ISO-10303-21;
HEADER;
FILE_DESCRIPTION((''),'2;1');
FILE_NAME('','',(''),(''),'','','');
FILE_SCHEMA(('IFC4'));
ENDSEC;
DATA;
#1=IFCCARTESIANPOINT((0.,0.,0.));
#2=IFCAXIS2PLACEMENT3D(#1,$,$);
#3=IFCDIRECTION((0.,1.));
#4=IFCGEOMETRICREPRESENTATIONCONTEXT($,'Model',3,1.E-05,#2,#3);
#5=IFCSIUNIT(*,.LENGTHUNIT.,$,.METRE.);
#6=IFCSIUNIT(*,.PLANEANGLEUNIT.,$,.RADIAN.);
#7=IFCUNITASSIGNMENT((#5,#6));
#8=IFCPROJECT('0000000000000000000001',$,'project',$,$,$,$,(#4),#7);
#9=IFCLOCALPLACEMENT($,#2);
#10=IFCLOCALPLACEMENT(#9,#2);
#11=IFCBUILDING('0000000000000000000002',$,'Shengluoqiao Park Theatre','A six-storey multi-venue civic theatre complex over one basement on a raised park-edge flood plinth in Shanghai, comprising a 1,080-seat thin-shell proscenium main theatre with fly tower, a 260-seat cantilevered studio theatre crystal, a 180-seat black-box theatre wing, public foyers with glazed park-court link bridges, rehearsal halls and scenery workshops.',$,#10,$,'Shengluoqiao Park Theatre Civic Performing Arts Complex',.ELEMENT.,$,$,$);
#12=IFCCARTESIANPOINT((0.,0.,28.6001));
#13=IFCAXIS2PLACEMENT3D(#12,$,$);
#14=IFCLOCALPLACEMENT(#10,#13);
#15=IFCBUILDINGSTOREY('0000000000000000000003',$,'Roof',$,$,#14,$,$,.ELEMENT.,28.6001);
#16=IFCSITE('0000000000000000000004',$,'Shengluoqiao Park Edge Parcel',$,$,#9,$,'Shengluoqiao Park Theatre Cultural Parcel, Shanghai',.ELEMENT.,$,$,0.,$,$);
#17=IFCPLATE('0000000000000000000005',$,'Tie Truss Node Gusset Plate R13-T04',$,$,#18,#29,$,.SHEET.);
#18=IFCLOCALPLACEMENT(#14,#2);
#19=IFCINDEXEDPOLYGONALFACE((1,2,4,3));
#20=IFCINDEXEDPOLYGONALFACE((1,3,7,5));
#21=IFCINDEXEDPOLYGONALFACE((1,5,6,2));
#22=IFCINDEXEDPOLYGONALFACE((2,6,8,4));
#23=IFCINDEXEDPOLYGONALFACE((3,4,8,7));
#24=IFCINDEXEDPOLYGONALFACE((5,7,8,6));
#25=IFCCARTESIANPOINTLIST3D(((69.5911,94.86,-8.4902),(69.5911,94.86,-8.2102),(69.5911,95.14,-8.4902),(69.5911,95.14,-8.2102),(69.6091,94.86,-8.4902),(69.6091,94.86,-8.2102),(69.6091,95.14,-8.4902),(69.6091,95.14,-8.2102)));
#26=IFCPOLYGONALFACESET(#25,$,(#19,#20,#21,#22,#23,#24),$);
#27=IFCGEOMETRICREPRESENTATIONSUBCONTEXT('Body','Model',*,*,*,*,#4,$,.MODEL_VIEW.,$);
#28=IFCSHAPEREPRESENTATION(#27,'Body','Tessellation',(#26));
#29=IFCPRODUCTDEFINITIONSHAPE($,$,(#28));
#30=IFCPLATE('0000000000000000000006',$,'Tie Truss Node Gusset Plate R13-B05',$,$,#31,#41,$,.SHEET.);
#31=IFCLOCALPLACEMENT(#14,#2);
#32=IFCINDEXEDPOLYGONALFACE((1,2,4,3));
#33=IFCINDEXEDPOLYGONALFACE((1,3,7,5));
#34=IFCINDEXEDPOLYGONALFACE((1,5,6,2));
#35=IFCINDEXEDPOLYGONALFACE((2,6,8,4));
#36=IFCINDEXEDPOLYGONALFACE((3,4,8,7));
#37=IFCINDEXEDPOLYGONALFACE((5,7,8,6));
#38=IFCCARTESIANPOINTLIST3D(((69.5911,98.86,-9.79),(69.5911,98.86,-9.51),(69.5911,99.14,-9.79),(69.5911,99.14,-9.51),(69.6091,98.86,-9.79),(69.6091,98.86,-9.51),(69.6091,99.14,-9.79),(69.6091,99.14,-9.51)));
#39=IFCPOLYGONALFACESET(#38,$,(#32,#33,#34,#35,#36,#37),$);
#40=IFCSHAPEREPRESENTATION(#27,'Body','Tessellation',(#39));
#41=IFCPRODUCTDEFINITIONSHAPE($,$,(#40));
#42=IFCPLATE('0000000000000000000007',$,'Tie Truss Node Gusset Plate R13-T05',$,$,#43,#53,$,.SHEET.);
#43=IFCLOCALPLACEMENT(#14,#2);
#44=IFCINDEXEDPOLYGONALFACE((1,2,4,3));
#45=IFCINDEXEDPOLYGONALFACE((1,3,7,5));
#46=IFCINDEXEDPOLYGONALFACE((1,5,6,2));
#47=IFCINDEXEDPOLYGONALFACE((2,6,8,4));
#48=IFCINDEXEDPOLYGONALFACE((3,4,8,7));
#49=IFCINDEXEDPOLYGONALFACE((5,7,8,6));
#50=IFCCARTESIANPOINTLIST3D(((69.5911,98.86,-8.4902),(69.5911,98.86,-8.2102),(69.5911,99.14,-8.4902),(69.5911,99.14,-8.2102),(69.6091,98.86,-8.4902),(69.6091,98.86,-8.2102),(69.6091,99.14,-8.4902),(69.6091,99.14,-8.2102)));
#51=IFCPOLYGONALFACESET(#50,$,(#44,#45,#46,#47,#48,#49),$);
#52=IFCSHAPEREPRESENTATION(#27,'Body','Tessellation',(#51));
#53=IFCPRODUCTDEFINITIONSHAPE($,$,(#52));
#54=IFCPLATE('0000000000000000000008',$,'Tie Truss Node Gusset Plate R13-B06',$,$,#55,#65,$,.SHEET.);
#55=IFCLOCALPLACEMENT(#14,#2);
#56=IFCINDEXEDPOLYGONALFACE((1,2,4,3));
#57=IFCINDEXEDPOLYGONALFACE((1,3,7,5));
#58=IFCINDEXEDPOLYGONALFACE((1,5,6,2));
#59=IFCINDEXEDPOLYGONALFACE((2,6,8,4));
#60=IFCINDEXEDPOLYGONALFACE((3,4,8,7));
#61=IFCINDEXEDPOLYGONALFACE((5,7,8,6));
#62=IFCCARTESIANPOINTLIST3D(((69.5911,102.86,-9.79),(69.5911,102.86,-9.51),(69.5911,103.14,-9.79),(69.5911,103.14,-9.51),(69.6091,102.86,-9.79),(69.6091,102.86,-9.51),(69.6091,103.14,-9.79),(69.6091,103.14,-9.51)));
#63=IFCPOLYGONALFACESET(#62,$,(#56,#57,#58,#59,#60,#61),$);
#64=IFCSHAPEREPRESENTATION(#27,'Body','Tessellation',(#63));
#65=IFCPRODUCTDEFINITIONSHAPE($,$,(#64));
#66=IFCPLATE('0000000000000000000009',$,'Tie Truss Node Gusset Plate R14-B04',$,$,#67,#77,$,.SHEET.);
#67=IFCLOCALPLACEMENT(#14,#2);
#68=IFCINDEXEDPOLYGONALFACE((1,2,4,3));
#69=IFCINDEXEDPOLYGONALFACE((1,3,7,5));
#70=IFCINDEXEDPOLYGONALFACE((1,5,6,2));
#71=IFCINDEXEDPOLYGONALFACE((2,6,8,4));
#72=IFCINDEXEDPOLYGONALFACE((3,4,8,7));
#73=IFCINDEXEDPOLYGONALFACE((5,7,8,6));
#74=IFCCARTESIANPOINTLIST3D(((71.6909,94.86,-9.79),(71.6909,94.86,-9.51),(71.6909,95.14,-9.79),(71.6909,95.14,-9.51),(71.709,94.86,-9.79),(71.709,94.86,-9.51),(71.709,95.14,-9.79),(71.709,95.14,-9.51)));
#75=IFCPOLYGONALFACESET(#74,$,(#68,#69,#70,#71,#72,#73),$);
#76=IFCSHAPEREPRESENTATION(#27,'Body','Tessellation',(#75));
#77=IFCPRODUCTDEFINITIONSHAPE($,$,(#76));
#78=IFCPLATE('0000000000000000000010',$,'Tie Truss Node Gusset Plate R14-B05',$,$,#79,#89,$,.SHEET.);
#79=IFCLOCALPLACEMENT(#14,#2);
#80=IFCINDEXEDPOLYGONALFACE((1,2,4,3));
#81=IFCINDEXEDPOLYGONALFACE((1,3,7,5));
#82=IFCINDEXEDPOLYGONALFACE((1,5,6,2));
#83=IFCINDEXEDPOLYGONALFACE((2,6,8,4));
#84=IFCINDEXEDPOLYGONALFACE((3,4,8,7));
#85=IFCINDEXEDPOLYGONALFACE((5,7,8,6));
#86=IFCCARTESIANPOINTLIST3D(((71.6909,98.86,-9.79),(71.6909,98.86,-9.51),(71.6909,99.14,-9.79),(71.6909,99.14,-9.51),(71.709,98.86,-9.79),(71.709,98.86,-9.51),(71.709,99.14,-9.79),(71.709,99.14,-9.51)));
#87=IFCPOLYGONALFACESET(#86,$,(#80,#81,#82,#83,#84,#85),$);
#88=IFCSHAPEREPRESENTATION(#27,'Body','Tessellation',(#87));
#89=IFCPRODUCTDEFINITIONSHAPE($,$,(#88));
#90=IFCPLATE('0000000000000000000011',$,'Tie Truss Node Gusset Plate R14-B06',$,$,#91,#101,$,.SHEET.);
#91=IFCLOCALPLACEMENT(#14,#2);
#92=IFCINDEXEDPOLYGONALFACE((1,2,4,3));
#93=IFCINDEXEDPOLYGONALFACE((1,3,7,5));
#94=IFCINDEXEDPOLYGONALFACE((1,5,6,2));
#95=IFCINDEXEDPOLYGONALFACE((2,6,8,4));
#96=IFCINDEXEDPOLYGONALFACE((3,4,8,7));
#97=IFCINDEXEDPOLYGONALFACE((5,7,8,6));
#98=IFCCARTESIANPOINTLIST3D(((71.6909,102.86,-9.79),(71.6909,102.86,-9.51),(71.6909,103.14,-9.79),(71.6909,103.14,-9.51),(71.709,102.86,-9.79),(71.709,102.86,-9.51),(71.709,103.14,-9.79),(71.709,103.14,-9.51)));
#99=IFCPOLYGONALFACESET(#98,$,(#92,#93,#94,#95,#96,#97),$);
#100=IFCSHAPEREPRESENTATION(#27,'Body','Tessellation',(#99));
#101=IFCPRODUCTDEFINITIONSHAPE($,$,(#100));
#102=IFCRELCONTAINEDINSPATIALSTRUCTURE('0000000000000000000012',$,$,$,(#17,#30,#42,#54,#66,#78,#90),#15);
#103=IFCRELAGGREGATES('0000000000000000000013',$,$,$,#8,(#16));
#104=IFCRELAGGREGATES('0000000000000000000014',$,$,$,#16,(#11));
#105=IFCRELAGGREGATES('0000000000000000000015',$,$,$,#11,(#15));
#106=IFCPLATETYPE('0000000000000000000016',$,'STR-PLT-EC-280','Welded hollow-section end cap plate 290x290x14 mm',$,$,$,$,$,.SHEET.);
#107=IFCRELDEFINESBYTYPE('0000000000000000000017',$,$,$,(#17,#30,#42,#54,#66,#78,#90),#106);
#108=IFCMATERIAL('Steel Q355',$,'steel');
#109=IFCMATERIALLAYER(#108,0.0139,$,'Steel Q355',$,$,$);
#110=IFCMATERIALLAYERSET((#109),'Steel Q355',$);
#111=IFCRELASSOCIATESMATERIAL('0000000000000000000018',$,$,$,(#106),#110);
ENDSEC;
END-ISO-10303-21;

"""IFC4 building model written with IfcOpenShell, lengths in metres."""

from ifc_helpers import new_model, si_unit, direction, frame, origin, origin_2d, place, context, subcontext, project, spatial, rectangle, extrude, material, layer, layer_set, type_object, element, save


model = new_model("IFC4")

# Units and contexts
model_context = context("Model", 3, precision=1e-05, world=origin(), true_north=direction((0.0, 1.0)))
body_context = subcontext(model_context, "Body", "Model", "MODEL_VIEW")
ifc_project = project(units=[si_unit("LENGTHUNIT", "METRE"), si_unit("PLANEANGLEUNIT", "RADIAN")], contexts=[model_context])

# Site, building, storey
site_placement = place(None, origin())
site = spatial("IfcSite", under=ifc_project, at=site_placement, Name="Shengluoqiao Park Edge Parcel", LongName="Shengluoqiao Park Theatre Cultural Parcel, Shanghai", CompositionType="ELEMENT", RefElevation=0.0)
building_placement = place(site_placement, origin())
building = spatial("IfcBuilding", under=site, at=building_placement, Name="Shengluoqiao Park Theatre", Description="A six-storey multi-venue civic theatre complex over one basement on a raised park-edge flood plinth in Shanghai, comprising a 1,080-seat thin-shell proscenium main theatre with fly tower, a 260-seat cantilevered studio theatre crystal, a 180-seat black-box theatre wing, public foyers with glazed park-court link bridges, rehearsal halls and scenery workshops.", LongName="Shengluoqiao Park Theatre Civic Performing Arts Complex", CompositionType="ELEMENT")
storey_placement = place(building_placement, frame((0.0, 0.0, 28.6001)))
storey = spatial("IfcBuildingStorey", under=building, at=storey_placement, Name="Roof", CompositionType="ELEMENT", Elevation=28.6001)

# Shared definitions
ifc_material = material(Name="Steel Q355", Category="steel")

# Plates
ifc_layer = layer(ifc_material, 0.0139, Name="Steel Q355")
ifc_layer_set = layer_set([ifc_layer], Name="Steel Q355")
plate_type = type_object("IfcPlateType", Name="STR-PLT-EC-280", Description="Welded hollow-section end cap plate 290x290x14 mm", PredefinedType="SHEET", material=ifc_layer_set)
for number, where, z_axis, x_axis, name in (
    (1, (69.6001, 95.0, -8.4902), (0.0, 0.0, 1.0), (1.0, 0.0, 0.0), "Tie Truss Node Gusset Plate R13-T04"),
    (2, (69.6001, 99.0, -9.79), (0.0, 0.0, 1.0), (1.0, 0.0, 0.0), "Tie Truss Node Gusset Plate R13-B05"),
    (3, (69.6001, 99.0, -8.4902), (0.0, 0.0, 1.0), (1.0, 0.0, 0.0), "Tie Truss Node Gusset Plate R13-T05"),
    (4, (69.6001, 103.0, -9.79), (0.0, 0.0, 1.0), (1.0, 0.0, 0.0), "Tie Truss Node Gusset Plate R13-B06"),
    (5, (71.7, 95.0, -9.79), (0.0, 0.0, 1.0), (1.0, 0.0, 0.0), "Tie Truss Node Gusset Plate R14-B04"),
    (6, (71.7, 99.0, -9.79), (0.0, 0.0, 1.0), (1.0, 0.0, 0.0), "Tie Truss Node Gusset Plate R14-B05"),
    (7, (71.7, 103.0, -9.79), (0.0, 0.0, 1.0), (1.0, 0.0, 0.0), "Tie Truss Node Gusset Plate R14-B06"),
):
    element("IfcPlate", number, at=place(storey_placement, frame(where, z_axis=z_axis, x_axis=x_axis)), inside=storey, type_object=plate_type, Name=name, PredefinedType="SHEET", context=body_context, shape_type="SweptSolid", body=[
        extrude(rectangle(XDim=0.0181, YDim=0.28, at=origin_2d()), origin(), (0.0, 0.0, 1.0), 0.28),
    ])

save(model, "model.ifc")
